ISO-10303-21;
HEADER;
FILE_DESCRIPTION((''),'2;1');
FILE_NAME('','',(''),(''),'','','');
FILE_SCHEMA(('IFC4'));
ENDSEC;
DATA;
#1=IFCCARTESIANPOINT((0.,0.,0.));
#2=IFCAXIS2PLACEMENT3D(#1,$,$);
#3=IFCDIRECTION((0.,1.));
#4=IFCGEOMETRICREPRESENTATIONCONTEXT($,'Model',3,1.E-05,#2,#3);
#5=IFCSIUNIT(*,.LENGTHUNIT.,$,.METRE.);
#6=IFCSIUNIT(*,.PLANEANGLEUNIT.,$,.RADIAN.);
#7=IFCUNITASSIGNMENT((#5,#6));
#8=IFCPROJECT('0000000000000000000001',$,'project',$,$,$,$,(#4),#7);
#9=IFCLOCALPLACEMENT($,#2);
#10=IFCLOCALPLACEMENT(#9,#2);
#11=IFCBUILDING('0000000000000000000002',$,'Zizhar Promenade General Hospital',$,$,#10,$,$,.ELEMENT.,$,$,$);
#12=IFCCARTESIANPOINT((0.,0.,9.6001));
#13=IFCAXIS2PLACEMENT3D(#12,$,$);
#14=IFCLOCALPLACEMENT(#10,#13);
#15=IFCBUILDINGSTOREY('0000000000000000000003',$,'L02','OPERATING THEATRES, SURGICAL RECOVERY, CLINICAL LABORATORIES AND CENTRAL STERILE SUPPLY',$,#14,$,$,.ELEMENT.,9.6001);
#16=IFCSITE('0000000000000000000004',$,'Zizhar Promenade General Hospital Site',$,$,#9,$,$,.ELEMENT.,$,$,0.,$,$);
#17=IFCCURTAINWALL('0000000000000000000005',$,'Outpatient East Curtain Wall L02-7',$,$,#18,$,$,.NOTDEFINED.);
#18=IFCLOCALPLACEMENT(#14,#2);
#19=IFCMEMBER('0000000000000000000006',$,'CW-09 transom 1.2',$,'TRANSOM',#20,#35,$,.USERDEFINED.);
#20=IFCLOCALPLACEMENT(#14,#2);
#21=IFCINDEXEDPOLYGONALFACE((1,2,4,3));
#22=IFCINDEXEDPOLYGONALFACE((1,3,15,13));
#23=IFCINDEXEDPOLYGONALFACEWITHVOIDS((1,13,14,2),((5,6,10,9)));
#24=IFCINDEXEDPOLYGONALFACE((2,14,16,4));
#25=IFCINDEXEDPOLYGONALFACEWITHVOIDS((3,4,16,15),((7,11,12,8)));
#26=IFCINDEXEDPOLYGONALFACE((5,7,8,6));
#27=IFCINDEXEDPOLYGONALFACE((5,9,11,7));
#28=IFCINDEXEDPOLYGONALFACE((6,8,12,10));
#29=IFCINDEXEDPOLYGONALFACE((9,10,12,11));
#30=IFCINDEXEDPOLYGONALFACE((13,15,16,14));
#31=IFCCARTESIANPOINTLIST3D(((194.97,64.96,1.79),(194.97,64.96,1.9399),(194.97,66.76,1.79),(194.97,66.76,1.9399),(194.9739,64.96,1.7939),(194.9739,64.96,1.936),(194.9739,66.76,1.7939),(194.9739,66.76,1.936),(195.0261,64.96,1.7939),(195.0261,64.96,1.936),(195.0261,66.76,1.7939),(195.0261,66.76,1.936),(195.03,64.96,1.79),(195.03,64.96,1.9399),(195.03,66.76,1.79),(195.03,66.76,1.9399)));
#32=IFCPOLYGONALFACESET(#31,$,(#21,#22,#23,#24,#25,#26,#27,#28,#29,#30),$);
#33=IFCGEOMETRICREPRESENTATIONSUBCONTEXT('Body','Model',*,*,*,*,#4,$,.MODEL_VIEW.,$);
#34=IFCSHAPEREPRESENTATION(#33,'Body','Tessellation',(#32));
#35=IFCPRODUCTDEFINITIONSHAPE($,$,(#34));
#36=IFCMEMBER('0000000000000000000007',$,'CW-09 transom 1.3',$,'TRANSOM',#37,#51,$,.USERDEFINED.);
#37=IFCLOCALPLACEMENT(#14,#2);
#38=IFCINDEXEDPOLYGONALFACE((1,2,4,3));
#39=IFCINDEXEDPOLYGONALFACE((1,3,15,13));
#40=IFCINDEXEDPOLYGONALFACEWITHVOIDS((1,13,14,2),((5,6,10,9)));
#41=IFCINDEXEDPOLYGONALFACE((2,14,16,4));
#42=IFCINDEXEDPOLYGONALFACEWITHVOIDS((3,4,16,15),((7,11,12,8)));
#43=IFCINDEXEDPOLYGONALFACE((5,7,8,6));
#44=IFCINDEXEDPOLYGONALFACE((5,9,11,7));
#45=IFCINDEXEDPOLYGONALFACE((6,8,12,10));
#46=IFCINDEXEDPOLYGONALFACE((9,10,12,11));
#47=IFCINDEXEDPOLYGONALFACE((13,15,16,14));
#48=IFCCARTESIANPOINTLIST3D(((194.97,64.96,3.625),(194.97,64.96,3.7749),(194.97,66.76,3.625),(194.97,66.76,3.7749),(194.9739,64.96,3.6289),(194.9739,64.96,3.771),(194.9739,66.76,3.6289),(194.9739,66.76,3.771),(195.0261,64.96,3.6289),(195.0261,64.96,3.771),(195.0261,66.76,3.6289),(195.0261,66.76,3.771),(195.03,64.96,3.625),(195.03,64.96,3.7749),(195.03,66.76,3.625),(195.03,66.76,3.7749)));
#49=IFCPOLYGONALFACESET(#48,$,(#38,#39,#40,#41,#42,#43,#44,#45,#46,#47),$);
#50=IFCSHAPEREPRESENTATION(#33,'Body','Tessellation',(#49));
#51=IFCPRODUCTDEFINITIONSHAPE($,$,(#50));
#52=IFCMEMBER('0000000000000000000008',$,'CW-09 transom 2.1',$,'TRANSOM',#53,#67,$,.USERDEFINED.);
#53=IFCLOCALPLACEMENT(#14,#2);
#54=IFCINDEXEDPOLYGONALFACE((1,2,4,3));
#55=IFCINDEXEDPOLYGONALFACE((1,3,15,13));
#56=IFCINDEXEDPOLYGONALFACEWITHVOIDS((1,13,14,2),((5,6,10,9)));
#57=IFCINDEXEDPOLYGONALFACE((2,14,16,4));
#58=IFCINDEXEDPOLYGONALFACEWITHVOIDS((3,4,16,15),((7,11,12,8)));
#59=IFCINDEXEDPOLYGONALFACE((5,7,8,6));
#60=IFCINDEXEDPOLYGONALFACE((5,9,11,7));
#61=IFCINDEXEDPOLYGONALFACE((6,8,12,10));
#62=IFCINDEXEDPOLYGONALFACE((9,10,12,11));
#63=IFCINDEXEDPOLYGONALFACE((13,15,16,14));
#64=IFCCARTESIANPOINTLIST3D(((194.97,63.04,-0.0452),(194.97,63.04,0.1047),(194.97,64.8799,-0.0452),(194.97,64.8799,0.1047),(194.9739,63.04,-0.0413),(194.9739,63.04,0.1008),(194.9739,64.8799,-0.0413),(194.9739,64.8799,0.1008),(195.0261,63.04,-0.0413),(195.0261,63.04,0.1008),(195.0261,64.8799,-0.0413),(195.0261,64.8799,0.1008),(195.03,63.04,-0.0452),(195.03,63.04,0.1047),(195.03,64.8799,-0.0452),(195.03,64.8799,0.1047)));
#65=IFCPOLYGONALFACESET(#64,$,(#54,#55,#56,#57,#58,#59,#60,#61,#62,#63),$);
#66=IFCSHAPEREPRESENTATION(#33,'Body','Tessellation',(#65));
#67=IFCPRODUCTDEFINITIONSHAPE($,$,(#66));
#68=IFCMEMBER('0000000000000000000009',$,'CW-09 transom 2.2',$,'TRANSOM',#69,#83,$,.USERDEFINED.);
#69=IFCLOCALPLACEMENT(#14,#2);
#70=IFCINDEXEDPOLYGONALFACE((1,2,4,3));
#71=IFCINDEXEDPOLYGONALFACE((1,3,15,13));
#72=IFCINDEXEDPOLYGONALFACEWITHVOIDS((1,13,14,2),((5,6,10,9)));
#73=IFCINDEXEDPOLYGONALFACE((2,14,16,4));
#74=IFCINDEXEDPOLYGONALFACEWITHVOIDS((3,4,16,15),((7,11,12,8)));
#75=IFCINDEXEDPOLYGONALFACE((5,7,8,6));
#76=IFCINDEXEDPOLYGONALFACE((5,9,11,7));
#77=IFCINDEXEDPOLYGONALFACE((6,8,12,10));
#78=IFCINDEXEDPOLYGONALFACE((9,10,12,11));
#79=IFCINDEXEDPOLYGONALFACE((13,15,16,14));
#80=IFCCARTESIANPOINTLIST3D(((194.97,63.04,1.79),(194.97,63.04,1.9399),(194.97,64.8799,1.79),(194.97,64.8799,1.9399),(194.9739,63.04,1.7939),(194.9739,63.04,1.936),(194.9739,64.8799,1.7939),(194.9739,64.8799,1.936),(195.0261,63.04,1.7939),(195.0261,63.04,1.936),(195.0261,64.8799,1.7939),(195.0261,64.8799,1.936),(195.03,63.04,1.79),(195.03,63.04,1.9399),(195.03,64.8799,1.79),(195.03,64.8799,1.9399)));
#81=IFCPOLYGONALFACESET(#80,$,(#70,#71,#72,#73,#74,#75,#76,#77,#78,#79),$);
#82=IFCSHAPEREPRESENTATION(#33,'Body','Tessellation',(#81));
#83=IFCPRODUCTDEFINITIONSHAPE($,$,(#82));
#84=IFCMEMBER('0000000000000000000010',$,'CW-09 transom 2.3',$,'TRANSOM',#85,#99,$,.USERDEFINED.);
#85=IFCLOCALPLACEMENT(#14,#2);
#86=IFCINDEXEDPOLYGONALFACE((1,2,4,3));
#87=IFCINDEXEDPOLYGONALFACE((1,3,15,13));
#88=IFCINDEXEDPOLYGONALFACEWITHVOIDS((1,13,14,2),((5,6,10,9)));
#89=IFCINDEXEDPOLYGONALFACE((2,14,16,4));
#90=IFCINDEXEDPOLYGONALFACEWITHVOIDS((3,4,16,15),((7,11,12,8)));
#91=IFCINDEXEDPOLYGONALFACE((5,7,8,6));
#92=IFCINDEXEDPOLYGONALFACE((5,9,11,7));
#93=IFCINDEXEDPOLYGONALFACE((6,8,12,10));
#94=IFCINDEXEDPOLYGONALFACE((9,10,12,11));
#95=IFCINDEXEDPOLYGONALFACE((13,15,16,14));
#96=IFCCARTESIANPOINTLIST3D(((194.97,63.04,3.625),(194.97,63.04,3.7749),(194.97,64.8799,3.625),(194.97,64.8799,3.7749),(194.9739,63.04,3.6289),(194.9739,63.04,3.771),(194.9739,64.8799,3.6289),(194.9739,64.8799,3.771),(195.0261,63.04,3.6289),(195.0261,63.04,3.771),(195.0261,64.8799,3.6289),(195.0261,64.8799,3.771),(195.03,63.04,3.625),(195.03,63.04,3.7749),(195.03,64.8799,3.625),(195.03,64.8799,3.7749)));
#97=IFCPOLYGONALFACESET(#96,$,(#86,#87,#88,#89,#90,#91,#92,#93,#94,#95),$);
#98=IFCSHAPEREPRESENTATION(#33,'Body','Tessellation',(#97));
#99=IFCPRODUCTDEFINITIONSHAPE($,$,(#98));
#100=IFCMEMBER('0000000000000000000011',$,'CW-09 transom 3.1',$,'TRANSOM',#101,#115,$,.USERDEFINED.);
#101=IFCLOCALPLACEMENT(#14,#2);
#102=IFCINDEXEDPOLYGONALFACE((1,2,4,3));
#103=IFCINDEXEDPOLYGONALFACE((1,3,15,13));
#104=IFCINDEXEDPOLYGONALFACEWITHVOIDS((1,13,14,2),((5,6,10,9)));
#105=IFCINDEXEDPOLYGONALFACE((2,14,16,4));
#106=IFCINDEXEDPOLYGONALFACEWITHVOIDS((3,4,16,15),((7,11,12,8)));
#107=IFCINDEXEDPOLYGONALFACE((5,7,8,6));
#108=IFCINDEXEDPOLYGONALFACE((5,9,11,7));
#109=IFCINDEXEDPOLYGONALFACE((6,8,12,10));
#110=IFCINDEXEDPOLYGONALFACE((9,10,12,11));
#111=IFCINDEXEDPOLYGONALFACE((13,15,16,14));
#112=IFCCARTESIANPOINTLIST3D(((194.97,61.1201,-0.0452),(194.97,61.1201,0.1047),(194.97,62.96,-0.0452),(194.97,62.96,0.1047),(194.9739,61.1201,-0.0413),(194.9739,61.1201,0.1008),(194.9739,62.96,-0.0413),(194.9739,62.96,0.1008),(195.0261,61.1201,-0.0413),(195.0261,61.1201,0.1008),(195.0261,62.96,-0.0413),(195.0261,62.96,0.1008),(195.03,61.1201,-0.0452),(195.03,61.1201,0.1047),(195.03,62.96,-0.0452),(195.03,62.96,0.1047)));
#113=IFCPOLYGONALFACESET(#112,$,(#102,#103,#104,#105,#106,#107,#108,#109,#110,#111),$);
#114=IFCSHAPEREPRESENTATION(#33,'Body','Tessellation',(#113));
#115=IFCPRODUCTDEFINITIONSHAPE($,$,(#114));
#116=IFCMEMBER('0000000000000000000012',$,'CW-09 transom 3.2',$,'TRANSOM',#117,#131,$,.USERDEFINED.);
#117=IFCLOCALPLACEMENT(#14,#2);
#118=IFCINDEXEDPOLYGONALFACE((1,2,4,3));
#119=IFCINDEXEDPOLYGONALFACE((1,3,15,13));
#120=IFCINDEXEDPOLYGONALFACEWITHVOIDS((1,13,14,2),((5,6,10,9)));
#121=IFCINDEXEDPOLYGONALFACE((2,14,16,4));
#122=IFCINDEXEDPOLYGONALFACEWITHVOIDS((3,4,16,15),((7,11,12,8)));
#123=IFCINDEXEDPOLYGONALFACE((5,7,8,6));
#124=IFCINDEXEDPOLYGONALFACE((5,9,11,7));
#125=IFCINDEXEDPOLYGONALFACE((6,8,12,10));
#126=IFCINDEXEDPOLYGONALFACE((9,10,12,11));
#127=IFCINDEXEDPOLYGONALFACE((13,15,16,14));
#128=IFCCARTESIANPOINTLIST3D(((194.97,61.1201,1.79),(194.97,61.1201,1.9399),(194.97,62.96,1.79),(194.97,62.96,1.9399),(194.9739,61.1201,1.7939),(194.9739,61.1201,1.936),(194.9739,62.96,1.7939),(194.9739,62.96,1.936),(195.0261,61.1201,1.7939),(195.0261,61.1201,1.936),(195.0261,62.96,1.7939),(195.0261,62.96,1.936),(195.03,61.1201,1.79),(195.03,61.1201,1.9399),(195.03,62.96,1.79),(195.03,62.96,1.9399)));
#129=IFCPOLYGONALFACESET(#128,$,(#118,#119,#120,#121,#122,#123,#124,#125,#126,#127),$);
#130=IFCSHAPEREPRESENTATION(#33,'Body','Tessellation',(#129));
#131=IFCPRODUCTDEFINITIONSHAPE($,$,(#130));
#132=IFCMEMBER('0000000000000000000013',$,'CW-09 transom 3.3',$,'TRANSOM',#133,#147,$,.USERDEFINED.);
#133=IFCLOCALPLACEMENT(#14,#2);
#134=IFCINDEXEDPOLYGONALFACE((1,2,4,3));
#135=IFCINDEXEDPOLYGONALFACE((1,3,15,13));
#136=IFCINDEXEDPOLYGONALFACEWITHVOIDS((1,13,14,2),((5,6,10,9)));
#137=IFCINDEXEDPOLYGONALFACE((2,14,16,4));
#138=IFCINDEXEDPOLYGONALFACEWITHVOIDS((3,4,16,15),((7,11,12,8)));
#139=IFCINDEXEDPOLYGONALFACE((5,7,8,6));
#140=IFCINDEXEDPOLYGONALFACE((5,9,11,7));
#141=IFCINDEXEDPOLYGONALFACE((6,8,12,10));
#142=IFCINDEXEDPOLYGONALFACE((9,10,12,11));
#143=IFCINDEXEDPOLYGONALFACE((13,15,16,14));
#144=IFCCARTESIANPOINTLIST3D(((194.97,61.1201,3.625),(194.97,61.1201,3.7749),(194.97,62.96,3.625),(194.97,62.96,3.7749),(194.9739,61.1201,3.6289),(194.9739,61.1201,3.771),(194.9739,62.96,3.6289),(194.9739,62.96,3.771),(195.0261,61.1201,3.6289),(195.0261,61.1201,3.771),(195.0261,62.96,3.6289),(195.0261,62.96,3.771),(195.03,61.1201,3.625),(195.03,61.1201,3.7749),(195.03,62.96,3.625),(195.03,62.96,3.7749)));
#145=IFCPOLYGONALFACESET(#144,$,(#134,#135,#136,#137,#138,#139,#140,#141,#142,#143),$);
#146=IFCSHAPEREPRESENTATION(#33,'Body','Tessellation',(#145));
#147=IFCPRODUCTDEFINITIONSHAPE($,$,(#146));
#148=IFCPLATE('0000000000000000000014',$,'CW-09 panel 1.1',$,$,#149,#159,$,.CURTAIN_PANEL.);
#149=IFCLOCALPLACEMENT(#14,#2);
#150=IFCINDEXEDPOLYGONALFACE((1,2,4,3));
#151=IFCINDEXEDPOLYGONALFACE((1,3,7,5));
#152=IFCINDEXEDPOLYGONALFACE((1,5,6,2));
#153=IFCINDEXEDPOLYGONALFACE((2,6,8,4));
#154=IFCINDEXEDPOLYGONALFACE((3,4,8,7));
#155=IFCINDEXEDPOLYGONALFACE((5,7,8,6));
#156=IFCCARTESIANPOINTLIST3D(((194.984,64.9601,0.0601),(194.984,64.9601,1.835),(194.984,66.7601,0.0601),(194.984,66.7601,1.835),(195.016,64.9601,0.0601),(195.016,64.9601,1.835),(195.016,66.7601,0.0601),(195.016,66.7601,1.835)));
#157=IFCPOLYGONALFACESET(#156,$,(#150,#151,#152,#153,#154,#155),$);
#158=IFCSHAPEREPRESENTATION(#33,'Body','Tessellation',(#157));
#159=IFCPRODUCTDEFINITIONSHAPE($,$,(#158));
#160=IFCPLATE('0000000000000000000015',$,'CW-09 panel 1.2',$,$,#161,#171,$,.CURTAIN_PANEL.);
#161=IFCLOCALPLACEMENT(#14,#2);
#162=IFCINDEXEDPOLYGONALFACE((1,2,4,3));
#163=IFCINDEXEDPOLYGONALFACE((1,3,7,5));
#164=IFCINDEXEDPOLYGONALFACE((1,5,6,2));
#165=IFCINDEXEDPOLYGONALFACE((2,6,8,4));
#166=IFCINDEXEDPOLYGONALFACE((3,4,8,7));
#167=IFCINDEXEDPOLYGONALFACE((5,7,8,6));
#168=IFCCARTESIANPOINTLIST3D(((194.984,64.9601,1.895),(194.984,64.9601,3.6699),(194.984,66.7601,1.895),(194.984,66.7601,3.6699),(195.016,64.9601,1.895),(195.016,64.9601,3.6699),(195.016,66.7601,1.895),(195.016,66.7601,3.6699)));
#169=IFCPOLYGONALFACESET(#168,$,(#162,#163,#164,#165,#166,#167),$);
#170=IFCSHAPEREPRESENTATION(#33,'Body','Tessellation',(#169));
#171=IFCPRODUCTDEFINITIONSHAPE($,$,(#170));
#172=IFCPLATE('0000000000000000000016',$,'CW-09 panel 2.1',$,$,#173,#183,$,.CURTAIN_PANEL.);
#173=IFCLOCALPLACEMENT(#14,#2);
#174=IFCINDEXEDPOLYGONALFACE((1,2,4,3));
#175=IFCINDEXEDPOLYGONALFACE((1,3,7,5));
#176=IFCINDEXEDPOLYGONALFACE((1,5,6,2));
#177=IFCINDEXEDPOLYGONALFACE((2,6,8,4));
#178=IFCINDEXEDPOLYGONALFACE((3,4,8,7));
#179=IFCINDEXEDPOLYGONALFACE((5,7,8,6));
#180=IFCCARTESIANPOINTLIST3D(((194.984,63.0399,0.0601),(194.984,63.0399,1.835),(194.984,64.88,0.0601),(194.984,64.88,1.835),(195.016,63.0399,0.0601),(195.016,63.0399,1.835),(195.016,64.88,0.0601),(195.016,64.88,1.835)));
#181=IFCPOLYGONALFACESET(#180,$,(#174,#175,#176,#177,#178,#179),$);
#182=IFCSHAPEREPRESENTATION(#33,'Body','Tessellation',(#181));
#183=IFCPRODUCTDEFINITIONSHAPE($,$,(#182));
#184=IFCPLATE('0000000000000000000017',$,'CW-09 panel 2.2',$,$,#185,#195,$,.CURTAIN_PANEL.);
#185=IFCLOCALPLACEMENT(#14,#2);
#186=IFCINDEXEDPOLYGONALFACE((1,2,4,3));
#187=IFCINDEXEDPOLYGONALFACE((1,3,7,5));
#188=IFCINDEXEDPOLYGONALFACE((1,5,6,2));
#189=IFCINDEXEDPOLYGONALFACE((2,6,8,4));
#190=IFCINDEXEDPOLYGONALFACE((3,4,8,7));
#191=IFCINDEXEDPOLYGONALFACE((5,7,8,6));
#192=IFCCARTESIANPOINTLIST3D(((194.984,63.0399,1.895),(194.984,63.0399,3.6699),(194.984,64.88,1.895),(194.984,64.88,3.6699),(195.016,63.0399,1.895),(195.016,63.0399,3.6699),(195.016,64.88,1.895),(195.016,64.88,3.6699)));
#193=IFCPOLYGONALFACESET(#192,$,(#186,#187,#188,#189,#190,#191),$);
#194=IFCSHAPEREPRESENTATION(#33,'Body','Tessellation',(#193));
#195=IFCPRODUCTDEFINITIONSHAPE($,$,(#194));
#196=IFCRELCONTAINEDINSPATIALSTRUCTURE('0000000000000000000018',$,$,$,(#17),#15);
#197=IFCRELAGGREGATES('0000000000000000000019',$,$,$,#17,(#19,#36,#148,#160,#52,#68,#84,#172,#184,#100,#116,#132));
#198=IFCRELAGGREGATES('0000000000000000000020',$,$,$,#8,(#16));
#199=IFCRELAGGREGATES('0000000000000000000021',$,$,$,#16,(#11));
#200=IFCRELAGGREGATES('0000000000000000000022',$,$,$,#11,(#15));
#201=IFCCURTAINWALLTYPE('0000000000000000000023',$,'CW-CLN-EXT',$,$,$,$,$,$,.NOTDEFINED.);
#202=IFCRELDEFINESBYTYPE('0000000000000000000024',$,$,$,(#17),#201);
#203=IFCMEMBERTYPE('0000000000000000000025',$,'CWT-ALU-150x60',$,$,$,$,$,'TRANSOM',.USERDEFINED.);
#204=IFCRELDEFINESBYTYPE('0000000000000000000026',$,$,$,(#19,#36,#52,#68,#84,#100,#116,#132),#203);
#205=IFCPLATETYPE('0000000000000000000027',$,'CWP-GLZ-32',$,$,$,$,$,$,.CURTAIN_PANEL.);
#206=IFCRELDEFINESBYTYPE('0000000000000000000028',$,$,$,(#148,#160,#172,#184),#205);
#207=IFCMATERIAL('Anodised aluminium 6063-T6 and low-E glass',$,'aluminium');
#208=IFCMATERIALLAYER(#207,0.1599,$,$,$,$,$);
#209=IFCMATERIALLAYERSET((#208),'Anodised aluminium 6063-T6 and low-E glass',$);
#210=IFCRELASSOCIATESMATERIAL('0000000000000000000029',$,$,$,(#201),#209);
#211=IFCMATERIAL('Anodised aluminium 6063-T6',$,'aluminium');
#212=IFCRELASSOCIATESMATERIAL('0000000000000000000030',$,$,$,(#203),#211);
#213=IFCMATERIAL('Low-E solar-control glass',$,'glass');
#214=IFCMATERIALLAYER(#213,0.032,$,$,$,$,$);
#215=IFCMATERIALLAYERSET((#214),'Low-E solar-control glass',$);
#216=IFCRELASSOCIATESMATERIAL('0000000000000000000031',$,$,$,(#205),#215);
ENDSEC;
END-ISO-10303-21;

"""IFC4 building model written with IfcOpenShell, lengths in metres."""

from ifc_helpers import new_model, si_unit, direction, frame, origin, origin_2d, place, context, subcontext, project, spatial, rectangle, hollow_rectangle, extrude, material, layer, layer_set, material_profile, profile_set, type_object, element, aggregate, save


model = new_model("IFC4")

# Units and contexts
model_context = context("Model", 3, precision=1e-05, world=origin(), true_north=direction((0.0, 1.0)))
body_context = subcontext(model_context, "Body", "Model", "MODEL_VIEW")
ifc_project = project(units=[si_unit("LENGTHUNIT", "METRE"), si_unit("PLANEANGLEUNIT", "RADIAN")], contexts=[model_context])

# Site, building, storey
site_placement = place(None, origin())
site = spatial("IfcSite", under=ifc_project, at=site_placement, Name="Zizhar Promenade General Hospital Site", CompositionType="ELEMENT", RefElevation=0.0)
building_placement = place(site_placement, origin())
building = spatial("IfcBuilding", under=site, at=building_placement, Name="Zizhar Promenade General Hospital", CompositionType="ELEMENT")
storey_placement = place(building_placement, frame((0.0, 0.0, 9.6001)))
storey = spatial("IfcBuildingStorey", under=building, at=storey_placement, Name="L02", Description="OPERATING THEATRES, SURGICAL RECOVERY, CLINICAL LABORATORIES AND CENTRAL STERILE SUPPLY", CompositionType="ELEMENT", Elevation=9.6001)

# Curtain wall
ifc_material_1 = material(Name="Anodised aluminium 6063-T6 and low-E glass", Category="aluminium")
ifc_layer_1 = layer(ifc_material_1, 0.1599)
ifc_layer_set_1 = layer_set([ifc_layer_1], Name="Anodised aluminium 6063-T6 and low-E glass")
curtain_wall_type = type_object("IfcCurtainWallType", Name="CW-CLN-EXT", PredefinedType="NOTDEFINED", material=ifc_layer_set_1)
curtain_wall_1_placement = place(storey_placement, origin())
curtain_wall_1 = element("IfcCurtainWall", 1, at=curtain_wall_1_placement, inside=storey, type_object=curtain_wall_type, Name="Outpatient East Curtain Wall L02-7", PredefinedType="NOTDEFINED")

# Members
ifc_material_2 = material(Name="Anodised aluminium 6063-T6", Category="aluminium")
ifc_material_profile_1 = material_profile(ifc_material_2, hollow_rectangle(XDim=0.0601, YDim=0.1499, WallThickness=0.0039, at=origin_2d()))
ifc_profile_set_1 = profile_set([ifc_material_profile_1], Name="Anodised aluminium 6063-T6")
member_type_1 = type_object("IfcMemberType", Name="CWT-ALU-150x60", ElementType="TRANSOM", PredefinedType="USERDEFINED", material=ifc_profile_set_1)
member_1_placement = place(storey_placement, frame((195.0, 66.76, 1.865), z_axis=(0.0, -1.0, 0.0), x_axis=(1.0, 0.0, 0.0)))
member_1 = element("IfcMember", 2, at=member_1_placement, type_object=member_type_1, Name="CW-09 transom 1.2", ObjectType="TRANSOM", PredefinedType="USERDEFINED", context=body_context, shape_type="SweptSolid", body=[
    extrude(hollow_rectangle(XDim=0.0601, YDim=0.1499, WallThickness=0.0039, at=origin_2d()), origin(), (0.0, 0.0, 1.0), 1.8),
])
member_2_placement = place(storey_placement, frame((195.0, 66.76, 3.7), z_axis=(0.0, -1.0, 0.0), x_axis=(1.0, 0.0, 0.0)))
member_2 = element("IfcMember", 3, at=member_2_placement, type_object=member_type_1, Name="CW-09 transom 1.3", ObjectType="TRANSOM", PredefinedType="USERDEFINED", context=body_context, shape_type="SweptSolid", body=[
    extrude(hollow_rectangle(XDim=0.0601, YDim=0.1499, WallThickness=0.0039, at=origin_2d()), origin(), (0.0, 0.0, 1.0), 1.8),
])
member_3_placement = place(storey_placement, frame((195.0, 64.8799, 0.0298), z_axis=(0.0, -1.0, 0.0), x_axis=(1.0, 0.0, 0.0)))
member_3 = element("IfcMember", 4, at=member_3_placement, type_object=member_type_1, Name="CW-09 transom 2.1", ObjectType="TRANSOM", PredefinedType="USERDEFINED", context=body_context, shape_type="SweptSolid", body=[
    extrude(hollow_rectangle(XDim=0.0601, YDim=0.1499, WallThickness=0.0039, at=origin_2d()), origin(), (0.0, 0.0, 1.0), 1.8398),
])
member_4_placement = place(storey_placement, frame((195.0, 64.8799, 1.865), z_axis=(0.0, -1.0, 0.0), x_axis=(1.0, 0.0, 0.0)))
member_4 = element("IfcMember", 5, at=member_4_placement, type_object=member_type_1, Name="CW-09 transom 2.2", ObjectType="TRANSOM", PredefinedType="USERDEFINED", context=body_context, shape_type="SweptSolid", body=[
    extrude(hollow_rectangle(XDim=0.0601, YDim=0.1499, WallThickness=0.0039, at=origin_2d()), origin(), (0.0, 0.0, 1.0), 1.8398),
])
member_5_placement = place(storey_placement, frame((195.0, 64.8799, 3.7), z_axis=(0.0, -1.0, 0.0), x_axis=(1.0, 0.0, 0.0)))
member_5 = element("IfcMember", 6, at=member_5_placement, type_object=member_type_1, Name="CW-09 transom 2.3", ObjectType="TRANSOM", PredefinedType="USERDEFINED", context=body_context, shape_type="SweptSolid", body=[
    extrude(hollow_rectangle(XDim=0.0601, YDim=0.1499, WallThickness=0.0039, at=origin_2d()), origin(), (0.0, 0.0, 1.0), 1.8398),
])
member_6_placement = place(storey_placement, frame((195.0, 62.96, 0.0298), z_axis=(0.0, -1.0, 0.0), x_axis=(1.0, 0.0, 0.0)))
member_6 = element("IfcMember", 7, at=member_6_placement, type_object=member_type_1, Name="CW-09 transom 3.1", ObjectType="TRANSOM", PredefinedType="USERDEFINED", context=body_context, shape_type="SweptSolid", body=[
    extrude(hollow_rectangle(XDim=0.0601, YDim=0.1499, WallThickness=0.0039, at=origin_2d()), origin(), (0.0, 0.0, 1.0), 1.8398),
])
member_7_placement = place(storey_placement, frame((195.0, 62.96, 1.865), z_axis=(0.0, -1.0, 0.0), x_axis=(1.0, 0.0, 0.0)))
member_7 = element("IfcMember", 8, at=member_7_placement, type_object=member_type_1, Name="CW-09 transom 3.2", ObjectType="TRANSOM", PredefinedType="USERDEFINED", context=body_context, shape_type="SweptSolid", body=[
    extrude(hollow_rectangle(XDim=0.0601, YDim=0.1499, WallThickness=0.0039, at=origin_2d()), origin(), (0.0, 0.0, 1.0), 1.8398),
])
member_8_placement = place(storey_placement, frame((195.0, 62.96, 3.7), z_axis=(0.0, -1.0, 0.0), x_axis=(1.0, 0.0, 0.0)))
member_8 = element("IfcMember", 9, at=member_8_placement, type_object=member_type_1, Name="CW-09 transom 3.3", ObjectType="TRANSOM", PredefinedType="USERDEFINED", context=body_context, shape_type="SweptSolid", body=[
    extrude(hollow_rectangle(XDim=0.0601, YDim=0.1499, WallThickness=0.0039, at=origin_2d()), origin(), (0.0, 0.0, 1.0), 1.8398),
])

# Plates
ifc_material_3 = material(Name="Low-E solar-control glass", Category="glass")
ifc_layer_2 = layer(ifc_material_3, 0.032)
ifc_layer_set_2 = layer_set([ifc_layer_2], Name="Low-E solar-control glass")
plate_type = type_object("IfcPlateType", Name="CWP-GLZ-32", PredefinedType="CURTAIN_PANEL", material=ifc_layer_set_2)
plate_1_placement = place(storey_placement, frame((195.0, 65.8601, 0.0601), z_axis=(0.0, 0.0, 1.0), x_axis=(0.0, -1.0, 0.0)))
plate_1 = element("IfcPlate", 10, at=plate_1_placement, type_object=plate_type, Name="CW-09 panel 1.1", PredefinedType="CURTAIN_PANEL", context=body_context, shape_type="SweptSolid", body=[
    extrude(rectangle(XDim=1.8, YDim=0.032, at=origin_2d()), origin(), (0.0, 0.0, 1.0), 1.7749),
])
plate_2_placement = place(storey_placement, frame((195.0, 65.8601, 1.895), z_axis=(0.0, 0.0, 1.0), x_axis=(0.0, -1.0, 0.0)))
plate_2 = element("IfcPlate", 11, at=plate_2_placement, type_object=plate_type, Name="CW-09 panel 1.2", PredefinedType="CURTAIN_PANEL", context=body_context, shape_type="SweptSolid", body=[
    extrude(rectangle(XDim=1.8, YDim=0.032, at=origin_2d()), origin(), (0.0, 0.0, 1.0), 1.7749),
])
plate_3_placement = place(storey_placement, frame((195.0, 63.96, 0.0601), z_axis=(0.0, 0.0, 1.0), x_axis=(0.0, -1.0, 0.0)))
plate_3 = element("IfcPlate", 12, at=plate_3_placement, type_object=plate_type, Name="CW-09 panel 2.1", PredefinedType="CURTAIN_PANEL", context=body_context, shape_type="SweptSolid", body=[
    extrude(rectangle(XDim=1.8401, YDim=0.032, at=origin_2d()), origin(), (0.0, 0.0, 1.0), 1.7749),
])
plate_4_placement = place(storey_placement, frame((195.0, 63.96, 1.895), z_axis=(0.0, 0.0, 1.0), x_axis=(0.0, -1.0, 0.0)))
plate_4 = element("IfcPlate", 13, at=plate_4_placement, type_object=plate_type, Name="CW-09 panel 2.2", PredefinedType="CURTAIN_PANEL", context=body_context, shape_type="SweptSolid", body=[
    extrude(rectangle(XDim=1.8401, YDim=0.032, at=origin_2d()), origin(), (0.0, 0.0, 1.0), 1.7749),
])
aggregate(curtain_wall_1, [member_1, member_2, plate_1, plate_2, member_3, member_4, member_5, plate_3, plate_4, member_6, member_7, member_8])

save(model, "model.ifc")
